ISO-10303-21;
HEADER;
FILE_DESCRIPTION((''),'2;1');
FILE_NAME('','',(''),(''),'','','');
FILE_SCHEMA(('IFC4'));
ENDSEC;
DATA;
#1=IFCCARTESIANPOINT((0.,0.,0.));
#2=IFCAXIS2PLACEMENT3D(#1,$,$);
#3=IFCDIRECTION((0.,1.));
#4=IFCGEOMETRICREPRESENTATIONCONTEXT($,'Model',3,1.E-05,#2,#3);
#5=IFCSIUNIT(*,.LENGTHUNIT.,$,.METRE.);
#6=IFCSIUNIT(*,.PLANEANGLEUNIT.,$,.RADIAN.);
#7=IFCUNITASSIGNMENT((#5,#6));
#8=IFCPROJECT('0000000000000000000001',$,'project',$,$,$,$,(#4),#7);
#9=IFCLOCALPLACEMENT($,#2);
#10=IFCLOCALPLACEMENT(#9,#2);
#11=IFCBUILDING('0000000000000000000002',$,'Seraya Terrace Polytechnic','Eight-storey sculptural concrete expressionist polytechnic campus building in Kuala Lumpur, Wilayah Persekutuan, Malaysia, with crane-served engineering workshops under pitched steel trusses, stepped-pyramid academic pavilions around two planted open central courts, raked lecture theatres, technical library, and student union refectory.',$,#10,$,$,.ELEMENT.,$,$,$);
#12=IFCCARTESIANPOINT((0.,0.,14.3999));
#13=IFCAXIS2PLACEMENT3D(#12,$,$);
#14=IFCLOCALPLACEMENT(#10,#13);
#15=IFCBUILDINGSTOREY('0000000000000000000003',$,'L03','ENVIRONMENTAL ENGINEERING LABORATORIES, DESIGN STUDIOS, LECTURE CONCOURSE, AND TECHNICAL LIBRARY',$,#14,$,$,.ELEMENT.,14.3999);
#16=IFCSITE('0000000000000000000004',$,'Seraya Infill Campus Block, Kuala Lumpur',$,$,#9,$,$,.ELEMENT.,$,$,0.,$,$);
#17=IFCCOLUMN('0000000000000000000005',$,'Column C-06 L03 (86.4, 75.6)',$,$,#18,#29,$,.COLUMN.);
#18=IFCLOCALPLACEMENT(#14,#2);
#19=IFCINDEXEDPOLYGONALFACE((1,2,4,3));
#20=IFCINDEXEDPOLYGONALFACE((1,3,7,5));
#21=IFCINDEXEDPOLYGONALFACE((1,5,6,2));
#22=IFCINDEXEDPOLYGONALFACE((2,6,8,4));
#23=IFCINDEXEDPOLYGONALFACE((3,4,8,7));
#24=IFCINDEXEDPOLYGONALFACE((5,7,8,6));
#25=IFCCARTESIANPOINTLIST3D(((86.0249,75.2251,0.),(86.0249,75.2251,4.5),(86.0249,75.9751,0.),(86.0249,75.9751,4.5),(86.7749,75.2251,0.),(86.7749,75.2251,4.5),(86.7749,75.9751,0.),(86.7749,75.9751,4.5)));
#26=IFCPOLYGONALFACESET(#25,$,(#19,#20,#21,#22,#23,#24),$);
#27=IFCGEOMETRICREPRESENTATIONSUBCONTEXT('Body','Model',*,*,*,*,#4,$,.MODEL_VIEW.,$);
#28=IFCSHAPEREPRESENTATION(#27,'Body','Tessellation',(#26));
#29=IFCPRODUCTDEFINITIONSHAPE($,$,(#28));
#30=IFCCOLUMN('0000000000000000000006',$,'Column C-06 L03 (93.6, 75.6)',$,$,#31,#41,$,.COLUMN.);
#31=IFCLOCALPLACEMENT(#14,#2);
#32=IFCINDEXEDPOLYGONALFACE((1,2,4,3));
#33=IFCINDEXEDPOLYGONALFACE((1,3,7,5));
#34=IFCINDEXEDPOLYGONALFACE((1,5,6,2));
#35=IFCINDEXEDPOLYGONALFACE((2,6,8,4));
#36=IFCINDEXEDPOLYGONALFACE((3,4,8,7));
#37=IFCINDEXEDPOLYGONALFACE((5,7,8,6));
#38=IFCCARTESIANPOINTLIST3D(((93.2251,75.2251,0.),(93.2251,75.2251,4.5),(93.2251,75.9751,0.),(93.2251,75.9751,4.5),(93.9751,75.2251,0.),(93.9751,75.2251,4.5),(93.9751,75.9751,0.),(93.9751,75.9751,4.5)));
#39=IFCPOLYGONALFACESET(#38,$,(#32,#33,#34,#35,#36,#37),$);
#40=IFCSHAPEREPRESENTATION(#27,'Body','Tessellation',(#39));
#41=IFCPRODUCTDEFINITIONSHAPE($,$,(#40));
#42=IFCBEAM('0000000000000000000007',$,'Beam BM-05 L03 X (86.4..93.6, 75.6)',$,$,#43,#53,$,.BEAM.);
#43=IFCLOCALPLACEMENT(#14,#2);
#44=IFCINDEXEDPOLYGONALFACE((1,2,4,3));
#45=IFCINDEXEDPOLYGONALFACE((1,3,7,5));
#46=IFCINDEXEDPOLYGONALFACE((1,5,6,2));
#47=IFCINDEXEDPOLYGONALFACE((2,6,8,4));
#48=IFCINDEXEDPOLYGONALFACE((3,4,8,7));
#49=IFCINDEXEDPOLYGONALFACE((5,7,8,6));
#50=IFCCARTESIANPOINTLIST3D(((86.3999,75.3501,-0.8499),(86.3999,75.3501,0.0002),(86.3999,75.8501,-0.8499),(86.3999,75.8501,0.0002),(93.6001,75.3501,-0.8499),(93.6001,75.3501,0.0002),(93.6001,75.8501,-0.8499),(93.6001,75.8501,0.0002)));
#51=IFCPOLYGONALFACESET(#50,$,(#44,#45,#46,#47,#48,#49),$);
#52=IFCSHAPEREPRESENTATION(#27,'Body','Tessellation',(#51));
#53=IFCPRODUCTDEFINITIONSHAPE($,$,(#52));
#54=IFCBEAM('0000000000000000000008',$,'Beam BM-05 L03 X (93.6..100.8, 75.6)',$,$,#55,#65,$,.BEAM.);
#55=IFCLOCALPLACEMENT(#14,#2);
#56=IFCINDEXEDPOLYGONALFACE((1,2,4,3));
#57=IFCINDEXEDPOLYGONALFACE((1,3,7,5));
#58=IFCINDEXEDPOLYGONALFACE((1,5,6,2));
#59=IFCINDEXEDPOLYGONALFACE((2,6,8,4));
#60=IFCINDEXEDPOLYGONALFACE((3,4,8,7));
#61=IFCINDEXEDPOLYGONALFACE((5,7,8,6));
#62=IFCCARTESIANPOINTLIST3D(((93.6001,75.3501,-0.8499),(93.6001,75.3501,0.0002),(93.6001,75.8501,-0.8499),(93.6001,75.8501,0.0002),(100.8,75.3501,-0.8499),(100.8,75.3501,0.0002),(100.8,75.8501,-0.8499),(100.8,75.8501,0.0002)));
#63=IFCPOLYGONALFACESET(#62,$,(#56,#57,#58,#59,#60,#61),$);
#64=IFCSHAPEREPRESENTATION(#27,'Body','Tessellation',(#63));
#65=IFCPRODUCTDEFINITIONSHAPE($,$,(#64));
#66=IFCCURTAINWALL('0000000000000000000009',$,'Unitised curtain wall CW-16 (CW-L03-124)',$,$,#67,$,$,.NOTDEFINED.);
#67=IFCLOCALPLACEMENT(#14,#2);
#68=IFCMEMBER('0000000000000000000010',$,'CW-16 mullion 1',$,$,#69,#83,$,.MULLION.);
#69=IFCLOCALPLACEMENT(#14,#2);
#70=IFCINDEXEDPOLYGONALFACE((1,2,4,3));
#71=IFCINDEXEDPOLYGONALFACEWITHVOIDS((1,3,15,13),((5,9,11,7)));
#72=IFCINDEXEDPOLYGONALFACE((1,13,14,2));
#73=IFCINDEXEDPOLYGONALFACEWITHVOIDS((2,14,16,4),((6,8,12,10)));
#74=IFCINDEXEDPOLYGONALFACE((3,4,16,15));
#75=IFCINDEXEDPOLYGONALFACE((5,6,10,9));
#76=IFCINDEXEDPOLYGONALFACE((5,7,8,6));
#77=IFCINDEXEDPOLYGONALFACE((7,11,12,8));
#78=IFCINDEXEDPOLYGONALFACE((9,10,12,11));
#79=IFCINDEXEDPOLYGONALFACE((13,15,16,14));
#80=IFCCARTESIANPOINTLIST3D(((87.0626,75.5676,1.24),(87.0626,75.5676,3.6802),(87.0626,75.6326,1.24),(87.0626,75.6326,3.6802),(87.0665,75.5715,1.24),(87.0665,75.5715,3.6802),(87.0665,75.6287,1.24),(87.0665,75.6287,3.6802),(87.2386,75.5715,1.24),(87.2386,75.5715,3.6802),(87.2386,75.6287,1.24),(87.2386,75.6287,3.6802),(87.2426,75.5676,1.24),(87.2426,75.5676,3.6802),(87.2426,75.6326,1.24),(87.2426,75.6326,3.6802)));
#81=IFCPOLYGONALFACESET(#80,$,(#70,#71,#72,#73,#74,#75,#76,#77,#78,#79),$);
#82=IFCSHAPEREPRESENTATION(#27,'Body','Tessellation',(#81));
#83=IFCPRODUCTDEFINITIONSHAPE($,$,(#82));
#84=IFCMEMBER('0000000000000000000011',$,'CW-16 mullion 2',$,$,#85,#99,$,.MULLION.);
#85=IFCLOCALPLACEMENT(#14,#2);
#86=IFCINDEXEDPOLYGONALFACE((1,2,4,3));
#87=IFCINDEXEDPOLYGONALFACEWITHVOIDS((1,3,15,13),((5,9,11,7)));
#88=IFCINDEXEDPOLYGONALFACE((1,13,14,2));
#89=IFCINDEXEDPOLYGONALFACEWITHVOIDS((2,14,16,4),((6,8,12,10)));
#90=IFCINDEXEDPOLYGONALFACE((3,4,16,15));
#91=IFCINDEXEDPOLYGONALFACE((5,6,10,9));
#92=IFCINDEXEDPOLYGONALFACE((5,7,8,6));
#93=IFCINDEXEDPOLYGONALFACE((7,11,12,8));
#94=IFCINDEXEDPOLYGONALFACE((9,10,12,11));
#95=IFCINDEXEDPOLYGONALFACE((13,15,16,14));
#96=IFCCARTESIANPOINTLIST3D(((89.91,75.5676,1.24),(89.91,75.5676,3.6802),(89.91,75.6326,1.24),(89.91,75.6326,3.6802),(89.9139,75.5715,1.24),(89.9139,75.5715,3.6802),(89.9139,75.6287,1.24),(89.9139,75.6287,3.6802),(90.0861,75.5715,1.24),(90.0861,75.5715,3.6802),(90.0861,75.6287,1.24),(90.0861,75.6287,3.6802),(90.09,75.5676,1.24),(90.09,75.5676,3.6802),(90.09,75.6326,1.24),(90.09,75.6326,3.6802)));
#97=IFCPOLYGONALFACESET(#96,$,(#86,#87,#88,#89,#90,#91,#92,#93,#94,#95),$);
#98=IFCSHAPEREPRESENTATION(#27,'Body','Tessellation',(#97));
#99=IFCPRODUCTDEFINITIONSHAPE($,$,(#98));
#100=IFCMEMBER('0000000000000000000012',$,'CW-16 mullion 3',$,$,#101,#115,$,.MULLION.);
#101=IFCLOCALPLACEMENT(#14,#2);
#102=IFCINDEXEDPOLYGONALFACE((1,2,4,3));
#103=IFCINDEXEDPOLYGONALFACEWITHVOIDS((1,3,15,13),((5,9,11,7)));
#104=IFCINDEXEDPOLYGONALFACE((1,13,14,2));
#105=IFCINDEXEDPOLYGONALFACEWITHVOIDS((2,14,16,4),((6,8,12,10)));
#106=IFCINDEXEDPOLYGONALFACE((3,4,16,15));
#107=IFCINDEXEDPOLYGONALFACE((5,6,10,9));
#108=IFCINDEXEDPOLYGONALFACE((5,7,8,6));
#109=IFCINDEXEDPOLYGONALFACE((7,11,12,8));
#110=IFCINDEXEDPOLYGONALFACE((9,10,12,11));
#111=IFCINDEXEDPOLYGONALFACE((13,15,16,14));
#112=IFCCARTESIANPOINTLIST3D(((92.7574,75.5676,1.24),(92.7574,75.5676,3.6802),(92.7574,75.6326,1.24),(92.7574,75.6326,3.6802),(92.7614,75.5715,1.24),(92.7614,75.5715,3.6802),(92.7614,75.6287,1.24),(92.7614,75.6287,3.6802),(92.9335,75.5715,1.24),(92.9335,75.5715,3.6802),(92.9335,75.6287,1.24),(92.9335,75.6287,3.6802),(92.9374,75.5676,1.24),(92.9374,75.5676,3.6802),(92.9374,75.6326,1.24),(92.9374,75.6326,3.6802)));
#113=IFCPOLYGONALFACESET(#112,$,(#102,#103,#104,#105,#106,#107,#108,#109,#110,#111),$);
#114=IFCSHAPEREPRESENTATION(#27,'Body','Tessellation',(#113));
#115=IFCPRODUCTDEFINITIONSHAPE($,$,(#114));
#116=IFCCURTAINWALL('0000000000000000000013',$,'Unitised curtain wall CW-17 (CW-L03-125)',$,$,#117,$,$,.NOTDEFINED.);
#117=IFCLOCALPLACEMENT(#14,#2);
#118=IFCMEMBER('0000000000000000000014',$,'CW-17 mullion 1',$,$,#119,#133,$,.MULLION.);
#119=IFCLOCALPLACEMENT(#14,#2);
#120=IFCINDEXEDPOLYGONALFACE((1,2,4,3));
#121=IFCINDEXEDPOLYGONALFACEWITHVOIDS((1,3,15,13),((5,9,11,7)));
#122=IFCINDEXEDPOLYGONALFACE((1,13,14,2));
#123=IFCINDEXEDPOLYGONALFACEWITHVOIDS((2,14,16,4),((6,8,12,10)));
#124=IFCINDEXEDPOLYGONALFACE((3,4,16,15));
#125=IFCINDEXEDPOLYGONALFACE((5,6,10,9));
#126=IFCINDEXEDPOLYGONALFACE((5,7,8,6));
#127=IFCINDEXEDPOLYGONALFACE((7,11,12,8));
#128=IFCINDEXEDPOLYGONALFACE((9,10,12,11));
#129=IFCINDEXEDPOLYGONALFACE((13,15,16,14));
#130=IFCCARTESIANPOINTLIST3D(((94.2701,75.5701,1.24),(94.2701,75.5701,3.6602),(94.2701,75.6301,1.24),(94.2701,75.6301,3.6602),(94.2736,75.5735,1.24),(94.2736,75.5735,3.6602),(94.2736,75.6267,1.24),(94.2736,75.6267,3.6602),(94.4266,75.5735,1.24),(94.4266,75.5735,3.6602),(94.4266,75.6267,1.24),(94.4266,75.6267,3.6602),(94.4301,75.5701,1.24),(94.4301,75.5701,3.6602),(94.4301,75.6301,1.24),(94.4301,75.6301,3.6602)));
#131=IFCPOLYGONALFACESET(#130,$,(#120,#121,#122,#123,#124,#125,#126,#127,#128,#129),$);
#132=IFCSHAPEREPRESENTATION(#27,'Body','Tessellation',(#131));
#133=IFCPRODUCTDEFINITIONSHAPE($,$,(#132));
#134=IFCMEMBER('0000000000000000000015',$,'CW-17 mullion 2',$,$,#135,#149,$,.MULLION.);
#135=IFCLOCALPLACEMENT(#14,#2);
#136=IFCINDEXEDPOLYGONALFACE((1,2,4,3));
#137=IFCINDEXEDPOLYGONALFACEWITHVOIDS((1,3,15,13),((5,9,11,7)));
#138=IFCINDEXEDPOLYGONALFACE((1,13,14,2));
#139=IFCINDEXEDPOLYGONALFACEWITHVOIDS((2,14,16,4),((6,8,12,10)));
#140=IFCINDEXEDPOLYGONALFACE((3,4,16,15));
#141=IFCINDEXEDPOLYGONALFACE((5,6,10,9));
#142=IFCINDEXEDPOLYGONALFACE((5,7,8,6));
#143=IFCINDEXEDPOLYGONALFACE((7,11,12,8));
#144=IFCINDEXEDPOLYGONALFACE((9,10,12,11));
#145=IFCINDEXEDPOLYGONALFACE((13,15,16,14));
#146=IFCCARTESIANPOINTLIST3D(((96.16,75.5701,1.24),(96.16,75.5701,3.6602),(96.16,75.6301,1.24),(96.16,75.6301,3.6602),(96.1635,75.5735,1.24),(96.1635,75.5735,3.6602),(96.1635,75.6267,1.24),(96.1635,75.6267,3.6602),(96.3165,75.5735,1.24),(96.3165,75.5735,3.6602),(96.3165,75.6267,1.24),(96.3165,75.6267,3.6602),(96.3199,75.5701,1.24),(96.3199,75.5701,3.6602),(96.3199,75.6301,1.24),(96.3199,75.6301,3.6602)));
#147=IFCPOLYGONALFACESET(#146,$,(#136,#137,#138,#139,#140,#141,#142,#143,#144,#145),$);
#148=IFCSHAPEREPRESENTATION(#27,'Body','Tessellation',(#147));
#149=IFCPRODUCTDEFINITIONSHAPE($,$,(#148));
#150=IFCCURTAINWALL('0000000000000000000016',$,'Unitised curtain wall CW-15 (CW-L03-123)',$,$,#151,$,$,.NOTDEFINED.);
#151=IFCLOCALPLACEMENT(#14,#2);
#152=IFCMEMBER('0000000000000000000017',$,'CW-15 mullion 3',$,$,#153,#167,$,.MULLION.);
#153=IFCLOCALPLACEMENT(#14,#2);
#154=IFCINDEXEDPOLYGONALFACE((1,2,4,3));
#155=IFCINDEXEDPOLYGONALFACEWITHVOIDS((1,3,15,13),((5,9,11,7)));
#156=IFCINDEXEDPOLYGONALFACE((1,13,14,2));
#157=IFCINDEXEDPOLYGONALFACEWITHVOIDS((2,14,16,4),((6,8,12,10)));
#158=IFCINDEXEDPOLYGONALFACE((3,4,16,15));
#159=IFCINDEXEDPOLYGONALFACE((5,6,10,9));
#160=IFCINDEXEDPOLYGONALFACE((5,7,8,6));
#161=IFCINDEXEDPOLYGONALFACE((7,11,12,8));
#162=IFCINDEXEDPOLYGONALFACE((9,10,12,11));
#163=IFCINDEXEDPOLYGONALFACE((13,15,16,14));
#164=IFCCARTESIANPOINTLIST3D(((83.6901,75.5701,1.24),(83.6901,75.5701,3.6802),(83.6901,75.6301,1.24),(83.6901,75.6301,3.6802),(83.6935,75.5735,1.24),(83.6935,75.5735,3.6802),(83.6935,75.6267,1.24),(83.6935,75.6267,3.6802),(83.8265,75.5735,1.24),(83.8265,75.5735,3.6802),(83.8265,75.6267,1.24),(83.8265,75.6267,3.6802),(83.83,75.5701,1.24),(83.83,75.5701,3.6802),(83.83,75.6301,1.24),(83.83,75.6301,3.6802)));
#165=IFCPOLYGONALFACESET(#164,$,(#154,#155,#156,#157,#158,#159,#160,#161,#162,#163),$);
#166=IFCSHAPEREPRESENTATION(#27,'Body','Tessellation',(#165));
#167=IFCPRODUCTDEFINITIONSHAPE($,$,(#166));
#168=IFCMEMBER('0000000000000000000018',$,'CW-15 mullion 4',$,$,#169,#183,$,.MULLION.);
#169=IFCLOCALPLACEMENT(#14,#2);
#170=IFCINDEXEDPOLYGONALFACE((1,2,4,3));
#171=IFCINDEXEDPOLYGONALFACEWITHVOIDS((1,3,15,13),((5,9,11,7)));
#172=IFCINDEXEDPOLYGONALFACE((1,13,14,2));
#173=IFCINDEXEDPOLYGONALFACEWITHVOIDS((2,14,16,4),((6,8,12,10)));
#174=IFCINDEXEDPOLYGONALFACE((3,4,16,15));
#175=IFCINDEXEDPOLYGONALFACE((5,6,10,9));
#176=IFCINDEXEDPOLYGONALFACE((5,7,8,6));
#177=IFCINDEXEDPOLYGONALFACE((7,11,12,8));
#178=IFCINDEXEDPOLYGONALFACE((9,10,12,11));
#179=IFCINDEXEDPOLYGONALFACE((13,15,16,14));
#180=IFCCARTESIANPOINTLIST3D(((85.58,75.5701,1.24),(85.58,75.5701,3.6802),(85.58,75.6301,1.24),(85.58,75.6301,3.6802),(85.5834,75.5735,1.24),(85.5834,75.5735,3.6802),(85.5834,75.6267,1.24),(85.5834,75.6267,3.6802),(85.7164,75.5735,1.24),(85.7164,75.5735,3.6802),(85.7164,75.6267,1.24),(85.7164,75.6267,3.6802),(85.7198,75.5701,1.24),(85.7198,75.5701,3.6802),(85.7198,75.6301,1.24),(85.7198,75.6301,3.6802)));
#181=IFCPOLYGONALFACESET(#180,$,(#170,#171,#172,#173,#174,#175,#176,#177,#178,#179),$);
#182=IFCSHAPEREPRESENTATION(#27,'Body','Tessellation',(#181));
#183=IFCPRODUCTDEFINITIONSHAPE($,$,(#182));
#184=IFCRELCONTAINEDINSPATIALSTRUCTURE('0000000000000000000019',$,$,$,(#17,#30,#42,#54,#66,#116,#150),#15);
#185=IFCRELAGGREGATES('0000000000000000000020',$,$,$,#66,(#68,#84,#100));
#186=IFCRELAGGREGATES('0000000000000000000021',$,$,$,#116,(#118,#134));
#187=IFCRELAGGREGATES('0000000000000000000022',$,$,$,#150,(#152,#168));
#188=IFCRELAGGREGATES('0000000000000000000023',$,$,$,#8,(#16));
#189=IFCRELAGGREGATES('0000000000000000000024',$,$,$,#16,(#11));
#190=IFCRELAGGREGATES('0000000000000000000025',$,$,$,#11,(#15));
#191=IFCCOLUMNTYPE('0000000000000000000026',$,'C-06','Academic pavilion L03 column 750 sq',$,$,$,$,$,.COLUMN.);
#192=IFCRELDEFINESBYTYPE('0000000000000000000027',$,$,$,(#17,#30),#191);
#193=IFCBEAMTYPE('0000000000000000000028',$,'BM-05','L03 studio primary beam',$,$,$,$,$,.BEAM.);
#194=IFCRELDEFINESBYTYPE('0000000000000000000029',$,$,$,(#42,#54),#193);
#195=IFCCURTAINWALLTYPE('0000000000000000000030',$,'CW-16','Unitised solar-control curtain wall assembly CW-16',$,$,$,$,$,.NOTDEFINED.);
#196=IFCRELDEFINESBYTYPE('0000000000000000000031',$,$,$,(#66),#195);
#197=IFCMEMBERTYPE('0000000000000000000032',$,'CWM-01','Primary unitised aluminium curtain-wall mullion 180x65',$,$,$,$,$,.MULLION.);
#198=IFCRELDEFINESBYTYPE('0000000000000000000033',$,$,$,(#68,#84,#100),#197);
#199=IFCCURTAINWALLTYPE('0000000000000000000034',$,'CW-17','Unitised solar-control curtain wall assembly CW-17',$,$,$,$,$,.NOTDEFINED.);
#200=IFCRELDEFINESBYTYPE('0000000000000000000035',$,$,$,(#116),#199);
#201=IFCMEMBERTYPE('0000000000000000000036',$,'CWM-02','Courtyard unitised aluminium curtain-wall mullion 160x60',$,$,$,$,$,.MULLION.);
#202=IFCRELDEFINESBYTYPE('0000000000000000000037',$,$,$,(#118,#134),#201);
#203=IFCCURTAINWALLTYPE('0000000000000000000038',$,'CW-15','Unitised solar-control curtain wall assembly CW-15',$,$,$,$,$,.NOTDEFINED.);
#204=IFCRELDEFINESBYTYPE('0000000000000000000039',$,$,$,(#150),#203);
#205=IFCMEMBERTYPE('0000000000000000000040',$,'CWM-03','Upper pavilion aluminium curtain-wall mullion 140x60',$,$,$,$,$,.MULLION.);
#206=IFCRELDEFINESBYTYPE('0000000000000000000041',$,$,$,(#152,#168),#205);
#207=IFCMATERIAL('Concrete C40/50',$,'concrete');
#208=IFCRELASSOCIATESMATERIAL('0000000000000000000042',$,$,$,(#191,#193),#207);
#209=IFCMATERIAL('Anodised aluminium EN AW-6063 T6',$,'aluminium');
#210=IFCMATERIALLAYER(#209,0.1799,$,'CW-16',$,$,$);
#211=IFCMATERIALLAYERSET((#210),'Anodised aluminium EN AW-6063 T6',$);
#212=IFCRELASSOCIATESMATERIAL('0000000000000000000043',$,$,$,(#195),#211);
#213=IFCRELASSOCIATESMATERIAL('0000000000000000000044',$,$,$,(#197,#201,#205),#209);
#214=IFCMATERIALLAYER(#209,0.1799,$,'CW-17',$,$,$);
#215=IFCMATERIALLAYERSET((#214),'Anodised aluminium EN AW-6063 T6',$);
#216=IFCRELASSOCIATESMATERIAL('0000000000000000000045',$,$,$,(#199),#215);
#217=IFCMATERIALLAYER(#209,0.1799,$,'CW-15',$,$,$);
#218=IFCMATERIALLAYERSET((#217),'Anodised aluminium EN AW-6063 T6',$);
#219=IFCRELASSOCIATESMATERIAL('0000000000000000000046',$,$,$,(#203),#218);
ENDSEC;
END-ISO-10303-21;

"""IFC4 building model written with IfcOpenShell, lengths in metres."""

from ifc_helpers import new_model, si_unit, direction, frame, origin, origin_2d, place, context, subcontext, project, spatial, rectangle, hollow_rectangle, extrude, material, layer, layer_set, material_profile, profile_set, type_object, element, aggregate, save


model = new_model("IFC4")

# Units and contexts
model_context = context("Model", 3, precision=1e-05, world=origin(), true_north=direction((0.0, 1.0)))
body_context = subcontext(model_context, "Body", "Model", "MODEL_VIEW")
ifc_project = project(units=[si_unit("LENGTHUNIT", "METRE"), si_unit("PLANEANGLEUNIT", "RADIAN")], contexts=[model_context])

# Site, building, storey
site_placement = place(None, origin())
site = spatial("IfcSite", under=ifc_project, at=site_placement, Name="Seraya Infill Campus Block, Kuala Lumpur", CompositionType="ELEMENT", RefElevation=0.0)
building_placement = place(site_placement, origin())
building = spatial("IfcBuilding", under=site, at=building_placement, Name="Seraya Terrace Polytechnic", Description="Eight-storey sculptural concrete expressionist polytechnic campus building in Kuala Lumpur, Wilayah Persekutuan, Malaysia, with crane-served engineering workshops under pitched steel trusses, stepped-pyramid academic pavilions around two planted open central courts, raked lecture theatres, technical library, and student union refectory.", CompositionType="ELEMENT")
storey_placement = place(building_placement, frame((0.0, 0.0, 14.3999)))
storey = spatial("IfcBuildingStorey", under=building, at=storey_placement, Name="L03", Description="ENVIRONMENTAL ENGINEERING LABORATORIES, DESIGN STUDIOS, LECTURE CONCOURSE, AND TECHNICAL LIBRARY", CompositionType="ELEMENT", Elevation=14.3999)

# Columns
ifc_material_1 = material(Name="Concrete C40/50", Category="concrete")
ifc_material_profile_1 = material_profile(ifc_material_1, rectangle(XDim=0.75, YDim=0.75, at=origin_2d()), Name="RC 750x750")
ifc_profile_set_1 = profile_set([ifc_material_profile_1], Name="Concrete C40/50")
column_type = type_object("IfcColumnType", Name="C-06", Description="Academic pavilion L03 column 750 sq", PredefinedType="COLUMN", material=ifc_profile_set_1)
for number, where, z_axis, x_axis, name in (
    (1, (86.3999, 75.6001, 0.0), (0.0, 0.0, 1.0), (1.0, 0.0, 0.0), "Column C-06 L03 (86.4, 75.6)"),
    (2, (93.6001, 75.6001, 0.0), (0.0, 0.0, 1.0), (1.0, 0.0, 0.0), "Column C-06 L03 (93.6, 75.6)"),
):
    element("IfcColumn", number, at=place(storey_placement, frame(where, z_axis=z_axis, x_axis=x_axis)), inside=storey, type_object=column_type, Name=name, PredefinedType="COLUMN", context=body_context, shape_type="SweptSolid", body=[
        extrude(rectangle(XDim=0.75, YDim=0.75, at=origin_2d()), origin(), (0.0, 0.0, 1.0), 4.5),
    ])

# Beams
ifc_material_profile_2 = material_profile(ifc_material_1, rectangle(XDim=0.5, YDim=0.8501, at=origin_2d()), Name="RC 500x850")
ifc_profile_set_2 = profile_set([ifc_material_profile_2], Name="Concrete C40/50")
beam_type = type_object("IfcBeamType", Name="BM-05", Description="L03 studio primary beam", PredefinedType="BEAM", material=ifc_profile_set_2)
beam_1_placement = place(storey_placement, frame((86.3999, 75.6001, -0.4248), z_axis=(1.0, 0.0, 0.0), x_axis=(0.0, 1.0, 0.0)))
element("IfcBeam", 3, at=beam_1_placement, inside=storey, type_object=beam_type, Name="Beam BM-05 L03 X (86.4..93.6, 75.6)", PredefinedType="BEAM", context=body_context, shape_type="SweptSolid", body=[
    extrude(rectangle(XDim=0.5, YDim=0.8501, at=origin_2d()), origin(), (0.0, 0.0, 1.0), 7.2002),
])
beam_2_placement = place(storey_placement, frame((93.6001, 75.6001, -0.4248), z_axis=(1.0, 0.0, 0.0), x_axis=(0.0, 1.0, 0.0)))
element("IfcBeam", 4, at=beam_2_placement, inside=storey, type_object=beam_type, Name="Beam BM-05 L03 X (93.6..100.8, 75.6)", PredefinedType="BEAM", context=body_context, shape_type="SweptSolid", body=[
    extrude(rectangle(XDim=0.5, YDim=0.8501, at=origin_2d()), origin(), (0.0, 0.0, 1.0), 7.2),
])

# Curtain walls, members
ifc_material_2 = material(Name="Anodised aluminium EN AW-6063 T6", Category="aluminium")
ifc_layer_1 = layer(ifc_material_2, 0.1799, Name="CW-16")
ifc_layer_set_1 = layer_set([ifc_layer_1], Name="Anodised aluminium EN AW-6063 T6")
curtain_wall_type_1 = type_object("IfcCurtainWallType", Name="CW-16", Description="Unitised solar-control curtain wall assembly CW-16", PredefinedType="NOTDEFINED", material=ifc_layer_set_1)
curtain_wall_1_placement = place(storey_placement, origin())
curtain_wall_1 = element("IfcCurtainWall", 5, at=curtain_wall_1_placement, inside=storey, type_object=curtain_wall_type_1, Name="Unitised curtain wall CW-16 (CW-L03-124)", PredefinedType="NOTDEFINED")
ifc_material_profile_3 = material_profile(ifc_material_2, hollow_rectangle(XDim=0.0649, YDim=0.1799, WallThickness=0.0039, at=origin_2d()), Name="RHS 180x65x4.0")
ifc_profile_set_3 = profile_set([ifc_material_profile_3], Name="Anodised aluminium EN AW-6063 T6")
member_type_1 = type_object("IfcMemberType", Name="CWM-01", Description="Primary unitised aluminium curtain-wall mullion 180x65", PredefinedType="MULLION", material=ifc_profile_set_3)
member_1_placement = place(storey_placement, frame((87.1526, 75.6001, 1.24), z_axis=(0.0, 0.0, 1.0), x_axis=(0.0, 1.0, 0.0)))
member_1 = element("IfcMember", 6, at=member_1_placement, type_object=member_type_1, Name="CW-16 mullion 1", PredefinedType="MULLION", context=body_context, shape_type="SweptSolid", body=[
    extrude(hollow_rectangle(XDim=0.0649, YDim=0.1799, WallThickness=0.0039, at=origin_2d()), origin(), (0.0, 0.0, 1.0), 2.4402),
])
member_2_placement = place(storey_placement, frame((90.0, 75.6001, 1.24), z_axis=(0.0, 0.0, 1.0), x_axis=(0.0, 1.0, 0.0)))
member_2 = element("IfcMember", 7, at=member_2_placement, type_object=member_type_1, Name="CW-16 mullion 2", PredefinedType="MULLION", context=body_context, shape_type="SweptSolid", body=[
    extrude(hollow_rectangle(XDim=0.0649, YDim=0.1799, WallThickness=0.0039, at=origin_2d()), origin(), (0.0, 0.0, 1.0), 2.4402),
])
member_3_placement = place(storey_placement, frame((92.8474, 75.6001, 1.24), z_axis=(0.0, 0.0, 1.0), x_axis=(0.0, 1.0, 0.0)))
member_3 = element("IfcMember", 8, at=member_3_placement, type_object=member_type_1, Name="CW-16 mullion 3", PredefinedType="MULLION", context=body_context, shape_type="SweptSolid", body=[
    extrude(hollow_rectangle(XDim=0.0649, YDim=0.1799, WallThickness=0.0039, at=origin_2d()), origin(), (0.0, 0.0, 1.0), 2.4402),
])
ifc_layer_2 = layer(ifc_material_2, 0.1799, Name="CW-17")
ifc_layer_set_2 = layer_set([ifc_layer_2], Name="Anodised aluminium EN AW-6063 T6")
curtain_wall_type_2 = type_object("IfcCurtainWallType", Name="CW-17", Description="Unitised solar-control curtain wall assembly CW-17", PredefinedType="NOTDEFINED", material=ifc_layer_set_2)
curtain_wall_2_placement = place(storey_placement, origin())
curtain_wall_2 = element("IfcCurtainWall", 9, at=curtain_wall_2_placement, inside=storey, type_object=curtain_wall_type_2, Name="Unitised curtain wall CW-17 (CW-L03-125)", PredefinedType="NOTDEFINED")
ifc_material_profile_4 = material_profile(ifc_material_2, hollow_rectangle(XDim=0.0601, YDim=0.1599, WallThickness=0.0034, at=origin_2d()), Name="RHS 160x60x3.5")
ifc_profile_set_4 = profile_set([ifc_material_profile_4], Name="Anodised aluminium EN AW-6063 T6")
member_type_2 = type_object("IfcMemberType", Name="CWM-02", Description="Courtyard unitised aluminium curtain-wall mullion 160x60", PredefinedType="MULLION", material=ifc_profile_set_4)
member_4_placement = place(storey_placement, frame((94.3501, 75.6001, 1.24), z_axis=(0.0, 0.0, 1.0), x_axis=(0.0, 1.0, 0.0)))
member_4 = element("IfcMember", 10, at=member_4_placement, type_object=member_type_2, Name="CW-17 mullion 1", PredefinedType="MULLION", context=body_context, shape_type="SweptSolid", body=[
    extrude(hollow_rectangle(XDim=0.0601, YDim=0.1599, WallThickness=0.0034, at=origin_2d()), origin(), (0.0, 0.0, 1.0), 2.4202),
])
member_5_placement = place(storey_placement, frame((96.24, 75.6001, 1.24), z_axis=(0.0, 0.0, 1.0), x_axis=(0.0, 1.0, 0.0)))
member_5 = element("IfcMember", 11, at=member_5_placement, type_object=member_type_2, Name="CW-17 mullion 2", PredefinedType="MULLION", context=body_context, shape_type="SweptSolid", body=[
    extrude(hollow_rectangle(XDim=0.0601, YDim=0.1599, WallThickness=0.0034, at=origin_2d()), origin(), (0.0, 0.0, 1.0), 2.4202),
])
ifc_layer_3 = layer(ifc_material_2, 0.1799, Name="CW-15")
ifc_layer_set_3 = layer_set([ifc_layer_3], Name="Anodised aluminium EN AW-6063 T6")
curtain_wall_type_3 = type_object("IfcCurtainWallType", Name="CW-15", Description="Unitised solar-control curtain wall assembly CW-15", PredefinedType="NOTDEFINED", material=ifc_layer_set_3)
curtain_wall_3_placement = place(storey_placement, origin())
curtain_wall_3 = element("IfcCurtainWall", 12, at=curtain_wall_3_placement, inside=storey, type_object=curtain_wall_type_3, Name="Unitised curtain wall CW-15 (CW-L03-123)", PredefinedType="NOTDEFINED")
ifc_material_profile_5 = material_profile(ifc_material_2, hollow_rectangle(XDim=0.0601, YDim=0.1399, WallThickness=0.0034, at=origin_2d()), Name="RHS 140x60x3.5")
ifc_profile_set_5 = profile_set([ifc_material_profile_5], Name="Anodised aluminium EN AW-6063 T6")
member_type_3 = type_object("IfcMemberType", Name="CWM-03", Description="Upper pavilion aluminium curtain-wall mullion 140x60", PredefinedType="MULLION", material=ifc_profile_set_5)
member_6_placement = place(storey_placement, frame((83.76, 75.6001, 1.24), z_axis=(0.0, 0.0, 1.0), x_axis=(0.0, 1.0, 0.0)))
member_6 = element("IfcMember", 13, at=member_6_placement, type_object=member_type_3, Name="CW-15 mullion 3", PredefinedType="MULLION", context=body_context, shape_type="SweptSolid", body=[
    extrude(hollow_rectangle(XDim=0.0601, YDim=0.1399, WallThickness=0.0034, at=origin_2d()), origin(), (0.0, 0.0, 1.0), 2.4402),
])
member_7_placement = place(storey_placement, frame((85.6499, 75.6001, 1.24), z_axis=(0.0, 0.0, 1.0), x_axis=(0.0, 1.0, 0.0)))
member_7 = element("IfcMember", 14, at=member_7_placement, type_object=member_type_3, Name="CW-15 mullion 4", PredefinedType="MULLION", context=body_context, shape_type="SweptSolid", body=[
    extrude(hollow_rectangle(XDim=0.0601, YDim=0.1399, WallThickness=0.0034, at=origin_2d()), origin(), (0.0, 0.0, 1.0), 2.4402),
])

aggregate(curtain_wall_1, [member_1, member_2, member_3])
aggregate(curtain_wall_2, [member_4, member_5])
aggregate(curtain_wall_3, [member_6, member_7])

save(model, "model.ifc")
